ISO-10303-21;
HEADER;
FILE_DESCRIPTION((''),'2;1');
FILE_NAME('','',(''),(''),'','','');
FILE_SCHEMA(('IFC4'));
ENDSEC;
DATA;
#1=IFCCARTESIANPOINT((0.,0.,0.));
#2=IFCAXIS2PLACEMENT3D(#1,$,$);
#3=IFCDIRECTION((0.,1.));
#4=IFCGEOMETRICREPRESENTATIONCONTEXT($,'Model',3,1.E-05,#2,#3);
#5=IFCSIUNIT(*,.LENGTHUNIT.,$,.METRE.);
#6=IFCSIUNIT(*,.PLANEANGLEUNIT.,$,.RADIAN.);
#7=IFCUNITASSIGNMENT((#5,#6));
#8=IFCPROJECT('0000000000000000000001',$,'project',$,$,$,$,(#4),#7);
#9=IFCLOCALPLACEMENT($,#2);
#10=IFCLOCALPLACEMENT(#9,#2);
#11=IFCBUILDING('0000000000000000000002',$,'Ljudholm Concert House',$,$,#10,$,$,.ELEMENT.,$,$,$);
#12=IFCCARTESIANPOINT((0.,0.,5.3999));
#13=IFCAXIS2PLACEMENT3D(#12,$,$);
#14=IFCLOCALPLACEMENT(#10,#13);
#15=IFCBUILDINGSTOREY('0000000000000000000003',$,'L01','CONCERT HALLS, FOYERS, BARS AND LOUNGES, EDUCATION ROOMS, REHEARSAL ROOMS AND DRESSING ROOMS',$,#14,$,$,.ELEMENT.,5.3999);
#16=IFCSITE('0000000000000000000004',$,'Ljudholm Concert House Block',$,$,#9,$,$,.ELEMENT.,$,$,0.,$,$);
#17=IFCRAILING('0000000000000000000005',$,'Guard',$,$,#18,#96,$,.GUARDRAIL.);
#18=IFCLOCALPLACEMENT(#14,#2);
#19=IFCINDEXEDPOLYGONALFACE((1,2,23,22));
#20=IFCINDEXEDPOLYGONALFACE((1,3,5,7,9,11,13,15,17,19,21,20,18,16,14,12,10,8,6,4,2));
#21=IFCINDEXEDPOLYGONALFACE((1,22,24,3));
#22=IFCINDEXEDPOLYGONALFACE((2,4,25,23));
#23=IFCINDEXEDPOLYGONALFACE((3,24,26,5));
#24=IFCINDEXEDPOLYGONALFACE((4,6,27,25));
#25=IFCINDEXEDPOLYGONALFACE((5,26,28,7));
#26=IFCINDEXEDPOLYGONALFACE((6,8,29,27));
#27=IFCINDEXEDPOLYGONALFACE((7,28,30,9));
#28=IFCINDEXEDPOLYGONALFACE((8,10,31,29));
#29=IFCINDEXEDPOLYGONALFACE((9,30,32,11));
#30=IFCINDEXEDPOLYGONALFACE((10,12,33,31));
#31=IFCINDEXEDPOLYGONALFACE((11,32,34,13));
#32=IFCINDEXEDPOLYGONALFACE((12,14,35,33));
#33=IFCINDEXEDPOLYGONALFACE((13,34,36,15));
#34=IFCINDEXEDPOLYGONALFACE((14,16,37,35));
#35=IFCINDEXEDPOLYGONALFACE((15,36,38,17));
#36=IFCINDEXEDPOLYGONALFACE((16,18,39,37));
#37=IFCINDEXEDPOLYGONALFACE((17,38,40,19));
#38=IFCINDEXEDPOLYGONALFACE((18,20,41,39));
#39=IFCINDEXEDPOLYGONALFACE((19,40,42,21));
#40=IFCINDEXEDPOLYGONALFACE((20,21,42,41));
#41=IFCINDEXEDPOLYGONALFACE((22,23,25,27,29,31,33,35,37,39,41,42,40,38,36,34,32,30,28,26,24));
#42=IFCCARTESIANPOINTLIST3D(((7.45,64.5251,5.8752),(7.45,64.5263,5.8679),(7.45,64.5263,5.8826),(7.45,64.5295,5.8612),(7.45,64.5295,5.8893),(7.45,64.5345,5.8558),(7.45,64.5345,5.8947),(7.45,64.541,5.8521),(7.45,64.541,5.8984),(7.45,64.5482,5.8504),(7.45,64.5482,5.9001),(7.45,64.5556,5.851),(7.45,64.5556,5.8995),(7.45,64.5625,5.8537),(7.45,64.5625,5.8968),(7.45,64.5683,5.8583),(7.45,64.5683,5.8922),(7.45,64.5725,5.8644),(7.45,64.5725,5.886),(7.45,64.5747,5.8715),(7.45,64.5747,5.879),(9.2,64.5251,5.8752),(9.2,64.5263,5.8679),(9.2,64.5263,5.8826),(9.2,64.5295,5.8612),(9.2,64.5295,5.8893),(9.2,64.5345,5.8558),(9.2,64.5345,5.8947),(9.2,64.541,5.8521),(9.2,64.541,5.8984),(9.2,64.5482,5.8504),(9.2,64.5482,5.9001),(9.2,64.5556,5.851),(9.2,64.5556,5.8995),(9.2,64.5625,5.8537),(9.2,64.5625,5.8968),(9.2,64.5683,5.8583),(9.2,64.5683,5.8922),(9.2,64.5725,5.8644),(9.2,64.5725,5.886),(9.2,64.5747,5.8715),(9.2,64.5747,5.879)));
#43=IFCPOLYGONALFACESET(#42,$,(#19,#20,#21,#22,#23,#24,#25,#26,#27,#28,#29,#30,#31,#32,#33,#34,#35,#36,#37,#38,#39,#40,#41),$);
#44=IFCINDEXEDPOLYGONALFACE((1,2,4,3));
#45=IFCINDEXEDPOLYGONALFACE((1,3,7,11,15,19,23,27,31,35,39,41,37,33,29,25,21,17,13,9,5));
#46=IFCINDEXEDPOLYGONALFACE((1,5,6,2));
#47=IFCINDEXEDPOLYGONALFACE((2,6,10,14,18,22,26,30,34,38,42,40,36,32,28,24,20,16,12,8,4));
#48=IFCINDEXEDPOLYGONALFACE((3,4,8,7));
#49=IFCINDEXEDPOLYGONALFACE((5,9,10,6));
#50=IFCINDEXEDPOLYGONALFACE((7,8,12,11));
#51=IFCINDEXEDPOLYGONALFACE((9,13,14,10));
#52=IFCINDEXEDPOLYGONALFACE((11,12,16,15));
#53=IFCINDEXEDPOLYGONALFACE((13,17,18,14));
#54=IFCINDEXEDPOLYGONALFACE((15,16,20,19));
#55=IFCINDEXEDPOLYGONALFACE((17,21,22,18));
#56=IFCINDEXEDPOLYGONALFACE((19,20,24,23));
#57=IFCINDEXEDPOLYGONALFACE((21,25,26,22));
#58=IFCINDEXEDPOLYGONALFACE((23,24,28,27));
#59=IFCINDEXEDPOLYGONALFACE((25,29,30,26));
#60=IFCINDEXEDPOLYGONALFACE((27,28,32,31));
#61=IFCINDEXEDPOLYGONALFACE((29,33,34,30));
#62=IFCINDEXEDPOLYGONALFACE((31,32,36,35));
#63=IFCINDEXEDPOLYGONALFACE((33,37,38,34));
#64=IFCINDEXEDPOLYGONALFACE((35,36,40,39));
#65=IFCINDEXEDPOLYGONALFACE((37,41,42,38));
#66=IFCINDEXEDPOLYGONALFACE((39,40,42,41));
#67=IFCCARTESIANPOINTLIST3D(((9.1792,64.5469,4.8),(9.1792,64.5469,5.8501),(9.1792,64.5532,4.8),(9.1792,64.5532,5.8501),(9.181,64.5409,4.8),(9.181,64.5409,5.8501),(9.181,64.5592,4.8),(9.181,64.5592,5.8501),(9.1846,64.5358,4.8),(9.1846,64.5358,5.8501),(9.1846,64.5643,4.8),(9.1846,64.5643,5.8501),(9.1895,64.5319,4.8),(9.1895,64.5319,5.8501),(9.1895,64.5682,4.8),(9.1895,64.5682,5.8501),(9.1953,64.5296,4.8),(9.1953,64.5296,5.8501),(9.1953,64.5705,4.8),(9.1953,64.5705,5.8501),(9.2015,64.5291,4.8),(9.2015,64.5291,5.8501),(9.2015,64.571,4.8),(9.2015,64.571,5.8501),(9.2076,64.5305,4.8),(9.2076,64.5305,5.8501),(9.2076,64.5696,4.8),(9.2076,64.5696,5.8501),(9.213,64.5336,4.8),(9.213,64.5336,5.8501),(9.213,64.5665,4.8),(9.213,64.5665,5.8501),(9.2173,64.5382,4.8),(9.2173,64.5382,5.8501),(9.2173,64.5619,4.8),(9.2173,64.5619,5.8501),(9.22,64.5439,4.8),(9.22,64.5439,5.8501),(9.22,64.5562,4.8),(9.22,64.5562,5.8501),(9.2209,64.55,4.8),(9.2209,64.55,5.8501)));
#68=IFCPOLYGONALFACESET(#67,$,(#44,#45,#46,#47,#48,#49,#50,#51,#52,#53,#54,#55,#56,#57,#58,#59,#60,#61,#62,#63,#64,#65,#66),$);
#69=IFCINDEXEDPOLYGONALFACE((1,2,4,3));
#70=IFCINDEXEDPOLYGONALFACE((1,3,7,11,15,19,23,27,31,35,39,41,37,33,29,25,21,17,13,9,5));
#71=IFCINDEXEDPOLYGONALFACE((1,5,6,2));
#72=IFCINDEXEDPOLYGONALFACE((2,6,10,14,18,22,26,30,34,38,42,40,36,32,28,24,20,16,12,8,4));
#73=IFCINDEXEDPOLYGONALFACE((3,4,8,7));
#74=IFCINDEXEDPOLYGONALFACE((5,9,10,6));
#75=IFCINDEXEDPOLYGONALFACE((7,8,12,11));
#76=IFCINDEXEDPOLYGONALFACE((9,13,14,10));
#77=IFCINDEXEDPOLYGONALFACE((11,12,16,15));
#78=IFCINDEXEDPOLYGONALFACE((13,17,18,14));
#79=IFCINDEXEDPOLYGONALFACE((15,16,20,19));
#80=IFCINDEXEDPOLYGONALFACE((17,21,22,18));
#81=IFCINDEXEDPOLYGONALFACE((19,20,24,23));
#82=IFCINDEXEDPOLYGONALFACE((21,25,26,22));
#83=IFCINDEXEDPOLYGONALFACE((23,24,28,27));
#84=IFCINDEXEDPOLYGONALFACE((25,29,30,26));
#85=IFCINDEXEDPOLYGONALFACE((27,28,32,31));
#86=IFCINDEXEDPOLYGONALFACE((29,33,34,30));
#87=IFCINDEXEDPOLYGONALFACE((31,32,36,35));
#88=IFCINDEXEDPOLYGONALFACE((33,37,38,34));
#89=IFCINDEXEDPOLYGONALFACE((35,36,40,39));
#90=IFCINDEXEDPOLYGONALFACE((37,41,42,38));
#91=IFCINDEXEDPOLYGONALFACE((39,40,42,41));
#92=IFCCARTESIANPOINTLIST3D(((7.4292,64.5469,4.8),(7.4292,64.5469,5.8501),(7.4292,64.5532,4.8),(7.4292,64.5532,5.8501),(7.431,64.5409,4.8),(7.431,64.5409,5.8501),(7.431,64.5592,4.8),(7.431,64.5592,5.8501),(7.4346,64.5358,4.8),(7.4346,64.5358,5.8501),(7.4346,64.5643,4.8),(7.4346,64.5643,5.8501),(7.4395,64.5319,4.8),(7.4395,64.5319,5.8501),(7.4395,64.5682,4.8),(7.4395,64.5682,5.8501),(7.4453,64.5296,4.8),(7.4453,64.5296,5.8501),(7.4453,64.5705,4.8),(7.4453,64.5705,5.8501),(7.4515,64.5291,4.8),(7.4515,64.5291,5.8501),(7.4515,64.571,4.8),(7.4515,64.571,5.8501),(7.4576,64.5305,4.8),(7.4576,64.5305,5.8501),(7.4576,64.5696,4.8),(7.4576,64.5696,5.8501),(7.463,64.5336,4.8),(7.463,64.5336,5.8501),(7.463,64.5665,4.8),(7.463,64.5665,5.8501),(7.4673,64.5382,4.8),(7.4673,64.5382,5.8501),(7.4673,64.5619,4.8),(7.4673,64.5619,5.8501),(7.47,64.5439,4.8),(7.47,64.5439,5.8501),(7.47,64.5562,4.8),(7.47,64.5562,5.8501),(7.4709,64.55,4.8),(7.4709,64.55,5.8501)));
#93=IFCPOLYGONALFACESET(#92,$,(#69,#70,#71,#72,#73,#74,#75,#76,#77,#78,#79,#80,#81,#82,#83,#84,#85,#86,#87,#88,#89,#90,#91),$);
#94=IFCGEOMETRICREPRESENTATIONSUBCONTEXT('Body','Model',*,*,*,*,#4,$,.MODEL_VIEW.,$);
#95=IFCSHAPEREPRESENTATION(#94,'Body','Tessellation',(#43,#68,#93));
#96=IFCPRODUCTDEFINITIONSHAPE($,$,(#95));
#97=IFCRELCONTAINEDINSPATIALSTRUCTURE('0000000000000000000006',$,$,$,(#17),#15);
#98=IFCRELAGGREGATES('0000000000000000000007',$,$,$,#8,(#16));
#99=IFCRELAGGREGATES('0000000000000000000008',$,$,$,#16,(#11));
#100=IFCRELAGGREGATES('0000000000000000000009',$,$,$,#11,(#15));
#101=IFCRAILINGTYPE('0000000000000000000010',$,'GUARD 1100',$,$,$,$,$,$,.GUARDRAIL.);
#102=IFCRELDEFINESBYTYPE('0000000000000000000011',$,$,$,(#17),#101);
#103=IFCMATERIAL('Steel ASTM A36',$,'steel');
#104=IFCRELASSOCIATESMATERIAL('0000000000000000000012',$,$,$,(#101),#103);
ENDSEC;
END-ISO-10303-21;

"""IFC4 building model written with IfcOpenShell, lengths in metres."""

from ifc_helpers import new_model, si_unit, direction, frame, origin, origin_2d, place, context, subcontext, project, spatial, circle, extrude, material, type_object, element, save


model = new_model("IFC4")

# Units and contexts
model_context = context("Model", 3, precision=1e-05, world=origin(), true_north=direction((0.0, 1.0)))
body_context = subcontext(model_context, "Body", "Model", "MODEL_VIEW")
ifc_project = project(units=[si_unit("LENGTHUNIT", "METRE"), si_unit("PLANEANGLEUNIT", "RADIAN")], contexts=[model_context])

# Site, building, storey
site_placement = place(None, origin())
site = spatial("IfcSite", under=ifc_project, at=site_placement, Name="Ljudholm Concert House Block", CompositionType="ELEMENT", RefElevation=0.0)
building_placement = place(site_placement, origin())
building = spatial("IfcBuilding", under=site, at=building_placement, Name="Ljudholm Concert House", CompositionType="ELEMENT")
storey_placement = place(building_placement, frame((0.0, 0.0, 5.3999)))
storey = spatial("IfcBuildingStorey", under=building, at=storey_placement, Name="L01", Description="CONCERT HALLS, FOYERS, BARS AND LOUNGES, EDUCATION ROOMS, REHEARSAL ROOMS AND DRESSING ROOMS", CompositionType="ELEMENT", Elevation=5.3999)

# Railing
ifc_material_1 = material(Name="Steel ASTM A36", Category="steel")
railing_type_1 = type_object("IfcRailingType", Name="GUARD 1100", PredefinedType="GUARDRAIL", material=ifc_material_1)
railing_1_placement = place(storey_placement, frame((9.2, 64.55, 4.8)))
element("IfcRailing", 1, at=railing_1_placement, inside=storey, type_object=railing_type_1, Name="Guard", PredefinedType="GUARDRAIL", context=body_context, shape_type="SweptSolid", body=[
    extrude(circle(Radius=0.0249, at=origin_2d()), frame((0.0, 0.0, 1.0752), z_axis=(-1.0, 0.0, 0.0), x_axis=(0.0, -1.0, 0.0)), (0.0, 0.0, 1.0), 1.75),
    extrude(circle(Radius=0.021, at=origin_2d()), origin(), (0.0, 0.0, 1.0), 1.05),
    extrude(circle(Radius=0.021, at=origin_2d()), frame((-1.75, 0.0, 0.0)), (0.0, 0.0, 1.0), 1.05),
])

save(model, "model.ifc")
